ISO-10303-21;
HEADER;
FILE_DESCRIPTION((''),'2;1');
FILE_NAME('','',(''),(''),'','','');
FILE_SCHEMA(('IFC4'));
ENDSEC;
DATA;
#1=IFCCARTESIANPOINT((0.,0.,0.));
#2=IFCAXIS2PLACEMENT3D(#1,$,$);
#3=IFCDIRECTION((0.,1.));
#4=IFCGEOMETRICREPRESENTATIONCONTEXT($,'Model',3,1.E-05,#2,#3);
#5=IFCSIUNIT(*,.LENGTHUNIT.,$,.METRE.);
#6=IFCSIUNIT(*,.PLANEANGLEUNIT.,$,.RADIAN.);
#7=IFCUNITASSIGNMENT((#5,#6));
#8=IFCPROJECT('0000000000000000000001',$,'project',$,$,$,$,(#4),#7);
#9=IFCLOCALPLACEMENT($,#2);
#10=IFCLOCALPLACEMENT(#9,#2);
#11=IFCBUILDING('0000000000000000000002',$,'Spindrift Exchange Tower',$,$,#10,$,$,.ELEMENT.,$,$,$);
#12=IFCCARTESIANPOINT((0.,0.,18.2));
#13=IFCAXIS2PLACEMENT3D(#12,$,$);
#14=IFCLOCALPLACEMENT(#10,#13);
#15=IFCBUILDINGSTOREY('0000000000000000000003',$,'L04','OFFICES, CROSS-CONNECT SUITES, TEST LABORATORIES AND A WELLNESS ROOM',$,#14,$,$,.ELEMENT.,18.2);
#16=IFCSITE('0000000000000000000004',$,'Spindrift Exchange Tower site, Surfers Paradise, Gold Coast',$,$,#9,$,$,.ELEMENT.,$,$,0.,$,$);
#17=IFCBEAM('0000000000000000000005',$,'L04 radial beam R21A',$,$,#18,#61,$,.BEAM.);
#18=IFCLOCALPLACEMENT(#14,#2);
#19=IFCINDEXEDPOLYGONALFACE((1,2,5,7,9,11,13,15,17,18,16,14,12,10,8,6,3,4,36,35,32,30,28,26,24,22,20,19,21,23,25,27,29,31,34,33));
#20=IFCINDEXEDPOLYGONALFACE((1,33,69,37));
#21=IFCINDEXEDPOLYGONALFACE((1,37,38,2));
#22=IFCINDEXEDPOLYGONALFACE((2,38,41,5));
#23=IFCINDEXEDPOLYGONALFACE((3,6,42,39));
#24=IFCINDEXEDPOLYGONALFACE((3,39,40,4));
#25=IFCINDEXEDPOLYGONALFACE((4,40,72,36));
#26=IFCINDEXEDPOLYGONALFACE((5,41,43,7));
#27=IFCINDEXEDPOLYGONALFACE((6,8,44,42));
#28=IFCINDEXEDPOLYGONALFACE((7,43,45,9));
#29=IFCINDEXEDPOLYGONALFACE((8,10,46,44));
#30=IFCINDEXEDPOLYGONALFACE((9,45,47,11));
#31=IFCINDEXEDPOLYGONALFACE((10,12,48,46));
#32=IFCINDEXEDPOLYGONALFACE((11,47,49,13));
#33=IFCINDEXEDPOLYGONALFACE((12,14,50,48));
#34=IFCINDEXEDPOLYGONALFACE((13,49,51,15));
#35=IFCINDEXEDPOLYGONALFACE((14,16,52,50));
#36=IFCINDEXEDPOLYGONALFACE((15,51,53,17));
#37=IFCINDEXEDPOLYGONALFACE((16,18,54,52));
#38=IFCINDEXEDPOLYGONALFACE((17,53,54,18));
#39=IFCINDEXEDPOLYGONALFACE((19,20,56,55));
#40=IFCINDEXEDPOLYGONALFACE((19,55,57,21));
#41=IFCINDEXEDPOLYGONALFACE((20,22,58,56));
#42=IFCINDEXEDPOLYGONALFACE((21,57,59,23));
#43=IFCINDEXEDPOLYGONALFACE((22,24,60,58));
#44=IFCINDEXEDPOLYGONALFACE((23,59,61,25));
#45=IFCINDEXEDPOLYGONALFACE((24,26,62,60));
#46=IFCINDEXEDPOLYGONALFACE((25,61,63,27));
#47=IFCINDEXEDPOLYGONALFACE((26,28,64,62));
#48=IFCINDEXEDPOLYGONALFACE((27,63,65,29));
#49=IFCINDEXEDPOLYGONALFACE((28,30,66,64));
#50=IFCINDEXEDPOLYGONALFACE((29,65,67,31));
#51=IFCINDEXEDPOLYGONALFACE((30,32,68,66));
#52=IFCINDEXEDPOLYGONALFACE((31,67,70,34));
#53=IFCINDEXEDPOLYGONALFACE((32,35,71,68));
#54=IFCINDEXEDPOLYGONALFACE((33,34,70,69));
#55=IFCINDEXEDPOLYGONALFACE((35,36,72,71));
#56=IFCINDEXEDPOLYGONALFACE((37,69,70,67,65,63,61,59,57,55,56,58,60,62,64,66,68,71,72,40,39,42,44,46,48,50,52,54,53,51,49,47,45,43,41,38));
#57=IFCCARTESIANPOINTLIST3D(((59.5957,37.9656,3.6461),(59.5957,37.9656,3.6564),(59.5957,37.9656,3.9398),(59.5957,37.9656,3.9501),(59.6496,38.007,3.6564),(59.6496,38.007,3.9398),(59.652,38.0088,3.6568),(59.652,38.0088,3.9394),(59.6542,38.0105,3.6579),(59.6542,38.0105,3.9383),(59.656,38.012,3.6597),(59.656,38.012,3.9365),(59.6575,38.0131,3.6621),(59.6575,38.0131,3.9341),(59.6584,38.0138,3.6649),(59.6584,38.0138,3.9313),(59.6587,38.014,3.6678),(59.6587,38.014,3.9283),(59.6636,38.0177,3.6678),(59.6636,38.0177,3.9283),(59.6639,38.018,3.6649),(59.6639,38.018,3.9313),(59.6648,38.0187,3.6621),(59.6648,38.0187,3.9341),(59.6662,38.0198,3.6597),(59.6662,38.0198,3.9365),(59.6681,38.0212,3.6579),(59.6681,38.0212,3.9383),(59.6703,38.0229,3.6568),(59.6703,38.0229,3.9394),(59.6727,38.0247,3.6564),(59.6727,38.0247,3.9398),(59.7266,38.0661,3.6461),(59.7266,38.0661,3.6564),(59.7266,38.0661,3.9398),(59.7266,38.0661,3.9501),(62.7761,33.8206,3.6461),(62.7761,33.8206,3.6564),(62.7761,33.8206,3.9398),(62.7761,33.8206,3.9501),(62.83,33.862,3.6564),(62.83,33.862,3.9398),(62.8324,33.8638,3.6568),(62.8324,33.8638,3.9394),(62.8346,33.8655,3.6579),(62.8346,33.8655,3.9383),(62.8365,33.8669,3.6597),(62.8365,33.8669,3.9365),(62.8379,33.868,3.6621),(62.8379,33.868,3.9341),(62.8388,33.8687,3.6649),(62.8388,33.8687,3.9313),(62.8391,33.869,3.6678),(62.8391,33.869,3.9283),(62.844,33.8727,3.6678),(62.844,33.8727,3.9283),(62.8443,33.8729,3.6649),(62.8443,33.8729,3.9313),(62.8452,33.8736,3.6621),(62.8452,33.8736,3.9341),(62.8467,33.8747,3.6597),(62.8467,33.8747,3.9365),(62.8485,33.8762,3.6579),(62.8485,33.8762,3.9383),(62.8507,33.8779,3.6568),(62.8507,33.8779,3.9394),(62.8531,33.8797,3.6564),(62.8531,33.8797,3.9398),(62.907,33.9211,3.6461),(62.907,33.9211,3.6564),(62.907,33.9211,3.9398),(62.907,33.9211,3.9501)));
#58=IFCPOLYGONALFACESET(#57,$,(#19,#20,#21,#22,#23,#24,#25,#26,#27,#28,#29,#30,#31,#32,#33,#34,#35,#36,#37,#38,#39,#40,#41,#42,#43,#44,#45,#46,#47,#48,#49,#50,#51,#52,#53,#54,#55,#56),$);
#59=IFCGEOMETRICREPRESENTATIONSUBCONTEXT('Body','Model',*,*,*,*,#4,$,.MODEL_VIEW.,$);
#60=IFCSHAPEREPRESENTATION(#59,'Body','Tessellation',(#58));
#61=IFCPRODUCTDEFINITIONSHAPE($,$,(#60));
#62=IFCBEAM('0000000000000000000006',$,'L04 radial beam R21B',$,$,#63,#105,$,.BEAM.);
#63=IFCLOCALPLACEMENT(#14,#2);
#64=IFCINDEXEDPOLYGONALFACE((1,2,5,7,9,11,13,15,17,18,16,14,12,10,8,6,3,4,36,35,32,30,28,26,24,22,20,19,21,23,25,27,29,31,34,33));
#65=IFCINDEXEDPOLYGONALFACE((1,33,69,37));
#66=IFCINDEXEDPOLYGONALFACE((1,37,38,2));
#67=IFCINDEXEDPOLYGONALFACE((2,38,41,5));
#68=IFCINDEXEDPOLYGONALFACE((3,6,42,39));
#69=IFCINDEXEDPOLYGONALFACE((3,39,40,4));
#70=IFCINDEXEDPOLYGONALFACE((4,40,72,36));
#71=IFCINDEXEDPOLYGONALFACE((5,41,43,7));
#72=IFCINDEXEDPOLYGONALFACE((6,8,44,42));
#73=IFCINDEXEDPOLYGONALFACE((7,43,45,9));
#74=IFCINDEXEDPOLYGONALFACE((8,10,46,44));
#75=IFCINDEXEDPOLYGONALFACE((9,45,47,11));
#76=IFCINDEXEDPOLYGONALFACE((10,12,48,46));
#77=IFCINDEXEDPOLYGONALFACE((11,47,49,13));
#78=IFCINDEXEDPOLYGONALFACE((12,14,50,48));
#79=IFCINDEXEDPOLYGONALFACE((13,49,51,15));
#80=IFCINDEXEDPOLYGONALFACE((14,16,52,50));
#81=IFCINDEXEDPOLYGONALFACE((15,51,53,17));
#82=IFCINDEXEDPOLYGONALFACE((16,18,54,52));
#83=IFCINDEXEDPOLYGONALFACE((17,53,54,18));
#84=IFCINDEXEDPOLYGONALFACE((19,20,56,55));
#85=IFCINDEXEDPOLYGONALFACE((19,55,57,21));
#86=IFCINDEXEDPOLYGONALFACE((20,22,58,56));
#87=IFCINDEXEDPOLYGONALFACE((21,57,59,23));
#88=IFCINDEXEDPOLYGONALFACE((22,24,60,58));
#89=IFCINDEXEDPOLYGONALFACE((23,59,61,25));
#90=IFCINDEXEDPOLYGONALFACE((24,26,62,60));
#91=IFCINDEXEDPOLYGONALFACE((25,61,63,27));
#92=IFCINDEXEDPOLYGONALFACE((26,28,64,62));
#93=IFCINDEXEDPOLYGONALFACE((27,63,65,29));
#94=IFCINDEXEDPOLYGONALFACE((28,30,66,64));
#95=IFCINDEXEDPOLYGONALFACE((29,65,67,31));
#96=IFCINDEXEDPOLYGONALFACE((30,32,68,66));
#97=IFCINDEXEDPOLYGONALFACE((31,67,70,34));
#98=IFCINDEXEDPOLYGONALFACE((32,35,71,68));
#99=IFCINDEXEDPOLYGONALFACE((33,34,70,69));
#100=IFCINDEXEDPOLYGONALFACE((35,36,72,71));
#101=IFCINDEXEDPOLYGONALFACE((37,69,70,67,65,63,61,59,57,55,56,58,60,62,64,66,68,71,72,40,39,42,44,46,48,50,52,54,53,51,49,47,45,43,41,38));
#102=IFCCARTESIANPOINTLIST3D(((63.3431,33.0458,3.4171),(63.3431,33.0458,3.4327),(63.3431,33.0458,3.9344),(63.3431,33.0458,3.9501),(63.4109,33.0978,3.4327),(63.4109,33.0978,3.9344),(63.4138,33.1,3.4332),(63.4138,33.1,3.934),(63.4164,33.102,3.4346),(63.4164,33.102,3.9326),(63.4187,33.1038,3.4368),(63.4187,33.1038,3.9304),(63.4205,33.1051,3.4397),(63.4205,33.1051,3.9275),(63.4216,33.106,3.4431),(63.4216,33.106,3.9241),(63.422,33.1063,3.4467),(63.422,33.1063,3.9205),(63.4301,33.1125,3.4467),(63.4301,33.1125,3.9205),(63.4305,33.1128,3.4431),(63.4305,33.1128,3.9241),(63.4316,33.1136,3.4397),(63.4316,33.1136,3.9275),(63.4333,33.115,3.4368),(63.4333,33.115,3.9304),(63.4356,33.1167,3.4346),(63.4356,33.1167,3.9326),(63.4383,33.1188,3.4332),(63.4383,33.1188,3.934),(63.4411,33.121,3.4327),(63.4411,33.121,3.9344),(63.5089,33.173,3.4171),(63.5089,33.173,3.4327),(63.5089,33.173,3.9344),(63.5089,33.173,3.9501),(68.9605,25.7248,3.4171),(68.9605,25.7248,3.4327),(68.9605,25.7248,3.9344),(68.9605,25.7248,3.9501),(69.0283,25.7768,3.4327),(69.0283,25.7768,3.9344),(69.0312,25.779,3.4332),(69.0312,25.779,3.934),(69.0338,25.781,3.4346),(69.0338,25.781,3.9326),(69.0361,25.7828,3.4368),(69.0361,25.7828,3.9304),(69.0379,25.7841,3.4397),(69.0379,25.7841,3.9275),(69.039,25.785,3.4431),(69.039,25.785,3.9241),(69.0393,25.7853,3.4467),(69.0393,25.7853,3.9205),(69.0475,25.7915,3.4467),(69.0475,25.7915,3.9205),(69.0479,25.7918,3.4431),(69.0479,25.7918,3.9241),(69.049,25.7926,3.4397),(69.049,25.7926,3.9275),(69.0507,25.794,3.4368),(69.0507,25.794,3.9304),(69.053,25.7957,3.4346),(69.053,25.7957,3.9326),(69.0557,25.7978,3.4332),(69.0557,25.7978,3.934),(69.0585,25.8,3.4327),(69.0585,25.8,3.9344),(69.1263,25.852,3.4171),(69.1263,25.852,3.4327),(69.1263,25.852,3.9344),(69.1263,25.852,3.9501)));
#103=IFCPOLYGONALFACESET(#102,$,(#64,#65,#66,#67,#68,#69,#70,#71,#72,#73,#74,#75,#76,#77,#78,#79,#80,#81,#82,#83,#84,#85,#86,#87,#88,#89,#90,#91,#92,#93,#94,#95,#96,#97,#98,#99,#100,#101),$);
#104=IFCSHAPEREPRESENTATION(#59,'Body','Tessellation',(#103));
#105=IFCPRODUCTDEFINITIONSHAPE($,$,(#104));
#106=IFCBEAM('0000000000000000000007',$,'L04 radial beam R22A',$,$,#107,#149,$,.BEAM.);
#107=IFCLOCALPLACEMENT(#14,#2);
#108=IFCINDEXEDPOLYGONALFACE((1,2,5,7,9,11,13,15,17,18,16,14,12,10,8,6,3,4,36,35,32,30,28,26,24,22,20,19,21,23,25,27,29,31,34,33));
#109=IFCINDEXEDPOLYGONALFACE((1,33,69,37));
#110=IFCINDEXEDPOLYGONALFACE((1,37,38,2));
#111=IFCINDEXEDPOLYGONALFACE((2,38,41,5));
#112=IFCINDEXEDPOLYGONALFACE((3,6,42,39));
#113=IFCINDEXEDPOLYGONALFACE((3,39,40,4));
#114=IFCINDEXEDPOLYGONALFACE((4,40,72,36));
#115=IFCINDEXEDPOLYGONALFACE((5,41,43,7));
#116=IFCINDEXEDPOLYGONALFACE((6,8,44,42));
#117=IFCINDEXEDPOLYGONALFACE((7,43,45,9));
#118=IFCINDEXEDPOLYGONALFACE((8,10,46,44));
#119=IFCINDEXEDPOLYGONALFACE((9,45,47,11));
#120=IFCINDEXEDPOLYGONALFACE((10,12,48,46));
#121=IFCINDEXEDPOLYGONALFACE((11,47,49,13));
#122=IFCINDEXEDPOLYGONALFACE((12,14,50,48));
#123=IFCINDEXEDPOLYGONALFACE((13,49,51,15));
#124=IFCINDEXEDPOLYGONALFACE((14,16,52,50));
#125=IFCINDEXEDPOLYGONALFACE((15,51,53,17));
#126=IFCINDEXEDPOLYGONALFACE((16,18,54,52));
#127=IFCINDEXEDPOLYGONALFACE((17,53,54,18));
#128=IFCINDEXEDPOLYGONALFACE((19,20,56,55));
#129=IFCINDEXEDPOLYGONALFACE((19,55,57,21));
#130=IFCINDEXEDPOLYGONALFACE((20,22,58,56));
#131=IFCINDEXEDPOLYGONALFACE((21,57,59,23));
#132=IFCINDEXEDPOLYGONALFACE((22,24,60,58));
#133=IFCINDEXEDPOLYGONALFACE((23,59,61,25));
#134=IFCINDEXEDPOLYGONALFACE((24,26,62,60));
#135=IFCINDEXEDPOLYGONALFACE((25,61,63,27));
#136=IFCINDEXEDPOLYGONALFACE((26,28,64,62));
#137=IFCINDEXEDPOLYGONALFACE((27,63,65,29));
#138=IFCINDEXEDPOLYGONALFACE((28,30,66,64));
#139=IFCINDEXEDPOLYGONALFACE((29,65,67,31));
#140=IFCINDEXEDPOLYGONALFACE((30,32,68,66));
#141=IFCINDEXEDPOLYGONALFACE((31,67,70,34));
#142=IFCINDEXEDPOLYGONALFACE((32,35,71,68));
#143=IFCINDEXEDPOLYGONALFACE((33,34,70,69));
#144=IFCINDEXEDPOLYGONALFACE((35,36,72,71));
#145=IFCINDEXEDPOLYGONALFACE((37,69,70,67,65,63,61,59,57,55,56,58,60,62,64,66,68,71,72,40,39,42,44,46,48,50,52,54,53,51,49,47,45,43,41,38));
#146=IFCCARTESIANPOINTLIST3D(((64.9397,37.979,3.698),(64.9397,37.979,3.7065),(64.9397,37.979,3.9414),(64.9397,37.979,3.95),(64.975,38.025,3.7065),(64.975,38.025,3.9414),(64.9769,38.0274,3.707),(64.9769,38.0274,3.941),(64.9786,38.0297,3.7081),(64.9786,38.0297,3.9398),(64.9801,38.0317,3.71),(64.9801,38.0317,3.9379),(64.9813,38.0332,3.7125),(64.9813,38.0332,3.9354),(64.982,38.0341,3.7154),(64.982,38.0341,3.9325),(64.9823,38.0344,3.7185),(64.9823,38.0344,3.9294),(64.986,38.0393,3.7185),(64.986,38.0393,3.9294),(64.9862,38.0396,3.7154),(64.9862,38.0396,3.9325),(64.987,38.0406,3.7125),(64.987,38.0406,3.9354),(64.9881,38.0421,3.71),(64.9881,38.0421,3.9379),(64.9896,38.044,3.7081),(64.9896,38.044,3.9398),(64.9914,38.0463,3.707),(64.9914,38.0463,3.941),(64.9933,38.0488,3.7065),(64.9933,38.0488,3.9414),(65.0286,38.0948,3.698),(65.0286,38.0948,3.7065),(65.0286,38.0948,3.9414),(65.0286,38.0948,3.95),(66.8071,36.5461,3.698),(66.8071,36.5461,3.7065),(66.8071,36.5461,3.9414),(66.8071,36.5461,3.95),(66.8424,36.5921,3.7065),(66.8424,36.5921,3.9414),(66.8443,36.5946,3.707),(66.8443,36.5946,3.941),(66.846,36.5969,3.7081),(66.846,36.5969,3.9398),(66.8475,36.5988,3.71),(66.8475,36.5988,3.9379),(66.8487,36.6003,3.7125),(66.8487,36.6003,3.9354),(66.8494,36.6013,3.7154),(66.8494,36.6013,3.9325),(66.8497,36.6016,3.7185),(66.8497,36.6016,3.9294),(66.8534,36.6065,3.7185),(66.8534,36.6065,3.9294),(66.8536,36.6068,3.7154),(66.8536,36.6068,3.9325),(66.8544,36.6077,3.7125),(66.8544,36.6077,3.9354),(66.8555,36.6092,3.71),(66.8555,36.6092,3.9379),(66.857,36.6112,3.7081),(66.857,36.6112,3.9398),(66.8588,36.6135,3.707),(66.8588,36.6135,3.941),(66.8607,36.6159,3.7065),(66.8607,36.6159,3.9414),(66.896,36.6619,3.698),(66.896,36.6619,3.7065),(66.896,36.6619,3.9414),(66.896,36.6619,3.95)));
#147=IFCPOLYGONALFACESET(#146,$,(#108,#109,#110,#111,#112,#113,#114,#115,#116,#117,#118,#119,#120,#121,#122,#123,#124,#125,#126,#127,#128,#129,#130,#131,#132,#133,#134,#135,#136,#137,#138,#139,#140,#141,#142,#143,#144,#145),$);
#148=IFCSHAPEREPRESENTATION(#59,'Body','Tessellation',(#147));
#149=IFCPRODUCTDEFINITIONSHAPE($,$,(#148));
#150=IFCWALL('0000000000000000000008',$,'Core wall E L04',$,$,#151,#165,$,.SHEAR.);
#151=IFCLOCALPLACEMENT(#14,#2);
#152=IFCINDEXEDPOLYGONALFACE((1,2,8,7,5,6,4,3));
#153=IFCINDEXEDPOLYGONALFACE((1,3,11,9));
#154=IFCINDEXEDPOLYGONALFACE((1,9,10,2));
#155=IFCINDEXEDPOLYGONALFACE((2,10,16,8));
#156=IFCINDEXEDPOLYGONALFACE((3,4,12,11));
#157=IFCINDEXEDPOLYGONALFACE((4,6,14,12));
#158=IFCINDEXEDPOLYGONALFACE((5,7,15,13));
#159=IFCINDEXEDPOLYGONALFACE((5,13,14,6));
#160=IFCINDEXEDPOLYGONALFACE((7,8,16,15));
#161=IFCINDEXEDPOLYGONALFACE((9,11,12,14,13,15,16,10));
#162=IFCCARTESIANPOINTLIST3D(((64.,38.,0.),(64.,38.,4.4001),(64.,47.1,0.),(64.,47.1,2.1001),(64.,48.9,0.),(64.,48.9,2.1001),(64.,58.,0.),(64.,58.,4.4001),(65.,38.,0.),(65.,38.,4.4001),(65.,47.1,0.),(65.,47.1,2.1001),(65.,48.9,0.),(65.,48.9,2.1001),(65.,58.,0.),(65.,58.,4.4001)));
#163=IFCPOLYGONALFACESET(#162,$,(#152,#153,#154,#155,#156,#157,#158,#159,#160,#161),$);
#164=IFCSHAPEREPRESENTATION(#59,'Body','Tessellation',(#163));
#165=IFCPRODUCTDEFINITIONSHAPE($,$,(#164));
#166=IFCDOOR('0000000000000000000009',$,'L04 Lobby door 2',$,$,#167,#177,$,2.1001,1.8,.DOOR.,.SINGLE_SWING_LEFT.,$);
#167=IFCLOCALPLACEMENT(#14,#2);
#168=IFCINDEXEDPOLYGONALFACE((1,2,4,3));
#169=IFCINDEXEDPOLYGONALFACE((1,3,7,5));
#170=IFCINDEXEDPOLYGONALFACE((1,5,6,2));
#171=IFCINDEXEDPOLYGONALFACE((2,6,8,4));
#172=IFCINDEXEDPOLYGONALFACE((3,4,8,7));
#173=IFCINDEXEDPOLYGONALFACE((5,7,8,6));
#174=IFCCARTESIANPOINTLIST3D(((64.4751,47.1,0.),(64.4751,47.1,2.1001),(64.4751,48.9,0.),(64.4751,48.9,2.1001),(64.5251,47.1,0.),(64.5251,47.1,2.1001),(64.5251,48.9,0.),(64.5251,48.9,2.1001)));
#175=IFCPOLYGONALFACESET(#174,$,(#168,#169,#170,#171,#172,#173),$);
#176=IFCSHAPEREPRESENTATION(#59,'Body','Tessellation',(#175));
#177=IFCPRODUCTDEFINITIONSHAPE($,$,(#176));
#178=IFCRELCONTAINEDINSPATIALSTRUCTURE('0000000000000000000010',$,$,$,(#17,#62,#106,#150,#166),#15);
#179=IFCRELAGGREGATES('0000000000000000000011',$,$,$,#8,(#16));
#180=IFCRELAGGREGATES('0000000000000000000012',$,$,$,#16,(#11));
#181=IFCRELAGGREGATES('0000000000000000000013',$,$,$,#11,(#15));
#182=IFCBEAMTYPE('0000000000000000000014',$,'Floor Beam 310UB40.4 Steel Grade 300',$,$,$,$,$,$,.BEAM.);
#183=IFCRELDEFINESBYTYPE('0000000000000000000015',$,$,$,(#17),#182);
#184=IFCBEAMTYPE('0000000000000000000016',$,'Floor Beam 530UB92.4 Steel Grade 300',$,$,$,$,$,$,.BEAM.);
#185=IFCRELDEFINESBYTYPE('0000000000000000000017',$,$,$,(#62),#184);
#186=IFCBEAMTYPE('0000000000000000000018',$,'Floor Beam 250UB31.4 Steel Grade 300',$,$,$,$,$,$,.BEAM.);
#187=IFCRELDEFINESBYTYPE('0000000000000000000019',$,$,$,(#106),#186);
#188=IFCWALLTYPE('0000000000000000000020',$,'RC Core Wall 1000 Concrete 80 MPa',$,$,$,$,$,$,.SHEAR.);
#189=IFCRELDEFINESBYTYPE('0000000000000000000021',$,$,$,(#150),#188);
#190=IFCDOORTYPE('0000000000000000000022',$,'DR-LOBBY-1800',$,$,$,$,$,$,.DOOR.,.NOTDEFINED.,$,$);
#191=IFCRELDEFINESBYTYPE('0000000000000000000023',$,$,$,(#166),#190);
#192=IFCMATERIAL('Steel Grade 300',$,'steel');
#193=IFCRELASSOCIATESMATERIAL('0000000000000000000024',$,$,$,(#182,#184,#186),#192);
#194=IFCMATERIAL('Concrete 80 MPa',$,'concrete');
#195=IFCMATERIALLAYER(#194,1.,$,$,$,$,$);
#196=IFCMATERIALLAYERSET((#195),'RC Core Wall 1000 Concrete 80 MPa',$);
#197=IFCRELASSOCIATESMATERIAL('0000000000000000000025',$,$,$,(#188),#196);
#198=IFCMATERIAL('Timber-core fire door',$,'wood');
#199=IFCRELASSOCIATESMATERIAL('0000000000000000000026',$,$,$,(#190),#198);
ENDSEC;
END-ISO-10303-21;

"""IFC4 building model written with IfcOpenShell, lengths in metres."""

from ifc_helpers import new_model, si_unit, direction, frame, frame_2d, origin, origin_2d, place, context, subcontext, project, spatial, rectangle, i_section, extrude, source, transform, mapped, material, layer, layer_set, material_profile, profile_set, type_object, element, fill, save


model = new_model("IFC4")

# Units and contexts
model_context = context("Model", 3, precision=1e-05, world=origin(), true_north=direction((0.0, 1.0)))
body_context = subcontext(model_context, "Body", "Model", "MODEL_VIEW")
ifc_project = project(units=[si_unit("LENGTHUNIT", "METRE"), si_unit("PLANEANGLEUNIT", "RADIAN")], contexts=[model_context])

# Site, building, storey
site_placement = place(None, origin())
site = spatial("IfcSite", under=ifc_project, at=site_placement, Name="Spindrift Exchange Tower site, Surfers Paradise, Gold Coast", CompositionType="ELEMENT", RefElevation=0.0)
building_placement = place(site_placement, origin())
building = spatial("IfcBuilding", under=site, at=building_placement, Name="Spindrift Exchange Tower", CompositionType="ELEMENT")
storey_placement = place(building_placement, frame((0.0, 0.0, 18.2)))
storey = spatial("IfcBuildingStorey", under=building, at=storey_placement, Name="L04", Description="OFFICES, CROSS-CONNECT SUITES, TEST LABORATORIES AND A WELLNESS ROOM", CompositionType="ELEMENT", Elevation=18.2)

# Shared definitions
ifc_material_1 = material(Name="Concrete 80 MPa", Category="concrete")

# Beams
ifc_material_2 = material(Name="Steel Grade 300", Category="steel")
ifc_material_profile_1 = material_profile(ifc_material_2, i_section(OverallWidth=0.165, OverallDepth=0.304, WebThickness=0.0061, FlangeThickness=0.0103, FilletRadius=0.0115, at=origin_2d()), Name="310UB40.4")
ifc_profile_set_1 = profile_set([ifc_material_profile_1], Name="Steel Grade 300")
beam_type_1 = type_object("IfcBeamType", Name="Floor Beam 310UB40.4 Steel Grade 300", PredefinedType="BEAM", material=ifc_profile_set_1)
shared_shape_1 = source(origin(), body_context, "Body", "SweptSolid", [
    extrude(i_section(OverallWidth=0.165, OverallDepth=0.304, WebThickness=0.0061, FlangeThickness=0.0103, FilletRadius=0.0115, at=origin_2d()), origin(), (0.0, 0.0, 1.0), 5.2246),
])
beam_1_placement = place(storey_placement, frame((59.6611, 38.0159, 3.7981), z_axis=(0.608741, -0.793369, 0.0), x_axis=(0.793369, 0.608741, 0.0)))
element("IfcBeam", 1, at=beam_1_placement, inside=storey, type_object=beam_type_1, Name="L04 radial beam R21A", PredefinedType="BEAM", context=body_context, shape_type="MappedRepresentation", body=[
    mapped(shared_shape_1, transform((0.0, 0.0, 0.0), scale=1.0)),
])
ifc_material_profile_2 = material_profile(ifc_material_2, i_section(OverallWidth=0.209, OverallDepth=0.533, WebThickness=0.0103, FlangeThickness=0.0156, FilletRadius=0.0139, at=origin_2d()), Name="530UB92.4")
ifc_profile_set_2 = profile_set([ifc_material_profile_2], Name="Steel Grade 300")
beam_type_2 = type_object("IfcBeamType", Name="Floor Beam 530UB92.4 Steel Grade 300", PredefinedType="BEAM", material=ifc_profile_set_2)
shared_shape_2 = source(origin(), body_context, "Body", "SweptSolid", [
    extrude(i_section(OverallWidth=0.209, OverallDepth=0.533, WebThickness=0.0103, FlangeThickness=0.0156, FilletRadius=0.0139, at=origin_2d()), origin(), (0.0, 0.0, 1.0), 9.2278),
])
beam_2_placement = place(storey_placement, frame((63.426, 33.1094, 3.6836), z_axis=(0.608748, -0.793364, 0.0), x_axis=(0.793364, 0.608748, 0.0)))
element("IfcBeam", 2, at=beam_2_placement, inside=storey, type_object=beam_type_2, Name="L04 radial beam R21B", PredefinedType="BEAM", context=body_context, shape_type="MappedRepresentation", body=[
    mapped(shared_shape_2, transform((0.0, 0.0, 0.0), scale=1.0)),
])
ifc_material_profile_3 = material_profile(ifc_material_2, i_section(OverallWidth=0.146, OverallDepth=0.252, WebThickness=0.0061, FlangeThickness=0.0085, FilletRadius=0.012, at=origin_2d()), Name="250UB31.4")
ifc_profile_set_3 = profile_set([ifc_material_profile_3], Name="Steel Grade 300")
beam_type_3 = type_object("IfcBeamType", Name="Floor Beam 250UB31.4 Steel Grade 300", PredefinedType="BEAM", material=ifc_profile_set_3)
shared_shape_3 = source(origin(), body_context, "Body", "SweptSolid", [
    extrude(i_section(OverallWidth=0.146, OverallDepth=0.252, WebThickness=0.0061, FlangeThickness=0.0085, FilletRadius=0.012, at=origin_2d()), origin(), (0.0, 0.0, 1.0), 2.3538),
])
beam_3_placement = place(storey_placement, frame((64.9841, 38.0369, 3.824), z_axis=(0.793368, -0.608743, 0.0), x_axis=(0.608743, 0.793368, 0.0)))
element("IfcBeam", 3, at=beam_3_placement, inside=storey, type_object=beam_type_3, Name="L04 radial beam R22A", PredefinedType="BEAM", context=body_context, shape_type="MappedRepresentation", body=[
    mapped(shared_shape_3, transform((0.0, 0.0, 0.0), scale=1.0)),
])

# Wall, opening, door
ifc_layer_1 = layer(ifc_material_1, 1.0)
ifc_layer_set_1 = layer_set([ifc_layer_1], Name="RC Core Wall 1000 Concrete 80 MPa")
wall_type_1 = type_object("IfcWallType", Name="RC Core Wall 1000 Concrete 80 MPa", PredefinedType="SHEAR", material=ifc_layer_set_1)
wall_1_placement = place(storey_placement, frame((64.5, 38.0, 0.0), z_axis=(0.0, 0.0, 1.0), x_axis=(0.0, 1.0, 0.0)))
wall_1 = element("IfcWall", 4, at=wall_1_placement, inside=storey, type_object=wall_type_1, Name="Core wall E L04", PredefinedType="SHEAR", context=body_context, shape_type="SweptSolid", body=[
    extrude(rectangle(XDim=20.0, YDim=1.0, at=frame_2d((10.0, 0.0))), origin(), (0.0, 0.0, 1.0), 4.4001),
])
opening_1_placement = place(wall_1_placement, frame((9.1001, 0.0, 0.0)))
opening_1 = element("IfcOpeningElement", 5, at=opening_1_placement, cuts=wall_1, PredefinedType="OPENING", context=body_context, shape_type="SweptSolid", body=[
    extrude(rectangle(XDim=1.8, YDim=2.1001, at=frame_2d((0.8999, 1.05))), frame((0.0, 0.51, 0.0), z_axis=(0.0, -1.0, 0.0), x_axis=(1.0, 0.0, 0.0)), (0.0, 0.0, 1.0), 1.02),
])
ifc_material_3 = material(Name="Timber-core fire door", Category="wood")
door_type_1 = type_object("IfcDoorType", Name="DR-LOBBY-1800", OperationType="NOTDEFINED", PredefinedType="DOOR", material=ifc_material_3)
shared_shape_4 = source(origin(), body_context, "Body", "SweptSolid", [
    extrude(rectangle(XDim=1.8, YDim=2.1001, at=frame_2d((0.8999, 1.05))), frame((0.0, 0.0249, 0.0), z_axis=(0.0, -1.0, 0.0), x_axis=(1.0, 0.0, 0.0)), (0.0, 0.0, 1.0), 0.05),
])
door_1_placement = place(opening_1_placement, origin())
door_1 = element("IfcDoor", 6, at=door_1_placement, inside=storey, type_object=door_type_1, Name="L04 Lobby door 2", OperationType="SINGLE_SWING_LEFT", OverallHeight=2.1001, OverallWidth=1.8, PredefinedType="DOOR", context=body_context, shape_type="MappedRepresentation", body=[
    mapped(shared_shape_4, transform((0.0, 0.0, 0.0), scale=1.0)),
])
fill(opening_1, door_1)

save(model, "model.ifc")
